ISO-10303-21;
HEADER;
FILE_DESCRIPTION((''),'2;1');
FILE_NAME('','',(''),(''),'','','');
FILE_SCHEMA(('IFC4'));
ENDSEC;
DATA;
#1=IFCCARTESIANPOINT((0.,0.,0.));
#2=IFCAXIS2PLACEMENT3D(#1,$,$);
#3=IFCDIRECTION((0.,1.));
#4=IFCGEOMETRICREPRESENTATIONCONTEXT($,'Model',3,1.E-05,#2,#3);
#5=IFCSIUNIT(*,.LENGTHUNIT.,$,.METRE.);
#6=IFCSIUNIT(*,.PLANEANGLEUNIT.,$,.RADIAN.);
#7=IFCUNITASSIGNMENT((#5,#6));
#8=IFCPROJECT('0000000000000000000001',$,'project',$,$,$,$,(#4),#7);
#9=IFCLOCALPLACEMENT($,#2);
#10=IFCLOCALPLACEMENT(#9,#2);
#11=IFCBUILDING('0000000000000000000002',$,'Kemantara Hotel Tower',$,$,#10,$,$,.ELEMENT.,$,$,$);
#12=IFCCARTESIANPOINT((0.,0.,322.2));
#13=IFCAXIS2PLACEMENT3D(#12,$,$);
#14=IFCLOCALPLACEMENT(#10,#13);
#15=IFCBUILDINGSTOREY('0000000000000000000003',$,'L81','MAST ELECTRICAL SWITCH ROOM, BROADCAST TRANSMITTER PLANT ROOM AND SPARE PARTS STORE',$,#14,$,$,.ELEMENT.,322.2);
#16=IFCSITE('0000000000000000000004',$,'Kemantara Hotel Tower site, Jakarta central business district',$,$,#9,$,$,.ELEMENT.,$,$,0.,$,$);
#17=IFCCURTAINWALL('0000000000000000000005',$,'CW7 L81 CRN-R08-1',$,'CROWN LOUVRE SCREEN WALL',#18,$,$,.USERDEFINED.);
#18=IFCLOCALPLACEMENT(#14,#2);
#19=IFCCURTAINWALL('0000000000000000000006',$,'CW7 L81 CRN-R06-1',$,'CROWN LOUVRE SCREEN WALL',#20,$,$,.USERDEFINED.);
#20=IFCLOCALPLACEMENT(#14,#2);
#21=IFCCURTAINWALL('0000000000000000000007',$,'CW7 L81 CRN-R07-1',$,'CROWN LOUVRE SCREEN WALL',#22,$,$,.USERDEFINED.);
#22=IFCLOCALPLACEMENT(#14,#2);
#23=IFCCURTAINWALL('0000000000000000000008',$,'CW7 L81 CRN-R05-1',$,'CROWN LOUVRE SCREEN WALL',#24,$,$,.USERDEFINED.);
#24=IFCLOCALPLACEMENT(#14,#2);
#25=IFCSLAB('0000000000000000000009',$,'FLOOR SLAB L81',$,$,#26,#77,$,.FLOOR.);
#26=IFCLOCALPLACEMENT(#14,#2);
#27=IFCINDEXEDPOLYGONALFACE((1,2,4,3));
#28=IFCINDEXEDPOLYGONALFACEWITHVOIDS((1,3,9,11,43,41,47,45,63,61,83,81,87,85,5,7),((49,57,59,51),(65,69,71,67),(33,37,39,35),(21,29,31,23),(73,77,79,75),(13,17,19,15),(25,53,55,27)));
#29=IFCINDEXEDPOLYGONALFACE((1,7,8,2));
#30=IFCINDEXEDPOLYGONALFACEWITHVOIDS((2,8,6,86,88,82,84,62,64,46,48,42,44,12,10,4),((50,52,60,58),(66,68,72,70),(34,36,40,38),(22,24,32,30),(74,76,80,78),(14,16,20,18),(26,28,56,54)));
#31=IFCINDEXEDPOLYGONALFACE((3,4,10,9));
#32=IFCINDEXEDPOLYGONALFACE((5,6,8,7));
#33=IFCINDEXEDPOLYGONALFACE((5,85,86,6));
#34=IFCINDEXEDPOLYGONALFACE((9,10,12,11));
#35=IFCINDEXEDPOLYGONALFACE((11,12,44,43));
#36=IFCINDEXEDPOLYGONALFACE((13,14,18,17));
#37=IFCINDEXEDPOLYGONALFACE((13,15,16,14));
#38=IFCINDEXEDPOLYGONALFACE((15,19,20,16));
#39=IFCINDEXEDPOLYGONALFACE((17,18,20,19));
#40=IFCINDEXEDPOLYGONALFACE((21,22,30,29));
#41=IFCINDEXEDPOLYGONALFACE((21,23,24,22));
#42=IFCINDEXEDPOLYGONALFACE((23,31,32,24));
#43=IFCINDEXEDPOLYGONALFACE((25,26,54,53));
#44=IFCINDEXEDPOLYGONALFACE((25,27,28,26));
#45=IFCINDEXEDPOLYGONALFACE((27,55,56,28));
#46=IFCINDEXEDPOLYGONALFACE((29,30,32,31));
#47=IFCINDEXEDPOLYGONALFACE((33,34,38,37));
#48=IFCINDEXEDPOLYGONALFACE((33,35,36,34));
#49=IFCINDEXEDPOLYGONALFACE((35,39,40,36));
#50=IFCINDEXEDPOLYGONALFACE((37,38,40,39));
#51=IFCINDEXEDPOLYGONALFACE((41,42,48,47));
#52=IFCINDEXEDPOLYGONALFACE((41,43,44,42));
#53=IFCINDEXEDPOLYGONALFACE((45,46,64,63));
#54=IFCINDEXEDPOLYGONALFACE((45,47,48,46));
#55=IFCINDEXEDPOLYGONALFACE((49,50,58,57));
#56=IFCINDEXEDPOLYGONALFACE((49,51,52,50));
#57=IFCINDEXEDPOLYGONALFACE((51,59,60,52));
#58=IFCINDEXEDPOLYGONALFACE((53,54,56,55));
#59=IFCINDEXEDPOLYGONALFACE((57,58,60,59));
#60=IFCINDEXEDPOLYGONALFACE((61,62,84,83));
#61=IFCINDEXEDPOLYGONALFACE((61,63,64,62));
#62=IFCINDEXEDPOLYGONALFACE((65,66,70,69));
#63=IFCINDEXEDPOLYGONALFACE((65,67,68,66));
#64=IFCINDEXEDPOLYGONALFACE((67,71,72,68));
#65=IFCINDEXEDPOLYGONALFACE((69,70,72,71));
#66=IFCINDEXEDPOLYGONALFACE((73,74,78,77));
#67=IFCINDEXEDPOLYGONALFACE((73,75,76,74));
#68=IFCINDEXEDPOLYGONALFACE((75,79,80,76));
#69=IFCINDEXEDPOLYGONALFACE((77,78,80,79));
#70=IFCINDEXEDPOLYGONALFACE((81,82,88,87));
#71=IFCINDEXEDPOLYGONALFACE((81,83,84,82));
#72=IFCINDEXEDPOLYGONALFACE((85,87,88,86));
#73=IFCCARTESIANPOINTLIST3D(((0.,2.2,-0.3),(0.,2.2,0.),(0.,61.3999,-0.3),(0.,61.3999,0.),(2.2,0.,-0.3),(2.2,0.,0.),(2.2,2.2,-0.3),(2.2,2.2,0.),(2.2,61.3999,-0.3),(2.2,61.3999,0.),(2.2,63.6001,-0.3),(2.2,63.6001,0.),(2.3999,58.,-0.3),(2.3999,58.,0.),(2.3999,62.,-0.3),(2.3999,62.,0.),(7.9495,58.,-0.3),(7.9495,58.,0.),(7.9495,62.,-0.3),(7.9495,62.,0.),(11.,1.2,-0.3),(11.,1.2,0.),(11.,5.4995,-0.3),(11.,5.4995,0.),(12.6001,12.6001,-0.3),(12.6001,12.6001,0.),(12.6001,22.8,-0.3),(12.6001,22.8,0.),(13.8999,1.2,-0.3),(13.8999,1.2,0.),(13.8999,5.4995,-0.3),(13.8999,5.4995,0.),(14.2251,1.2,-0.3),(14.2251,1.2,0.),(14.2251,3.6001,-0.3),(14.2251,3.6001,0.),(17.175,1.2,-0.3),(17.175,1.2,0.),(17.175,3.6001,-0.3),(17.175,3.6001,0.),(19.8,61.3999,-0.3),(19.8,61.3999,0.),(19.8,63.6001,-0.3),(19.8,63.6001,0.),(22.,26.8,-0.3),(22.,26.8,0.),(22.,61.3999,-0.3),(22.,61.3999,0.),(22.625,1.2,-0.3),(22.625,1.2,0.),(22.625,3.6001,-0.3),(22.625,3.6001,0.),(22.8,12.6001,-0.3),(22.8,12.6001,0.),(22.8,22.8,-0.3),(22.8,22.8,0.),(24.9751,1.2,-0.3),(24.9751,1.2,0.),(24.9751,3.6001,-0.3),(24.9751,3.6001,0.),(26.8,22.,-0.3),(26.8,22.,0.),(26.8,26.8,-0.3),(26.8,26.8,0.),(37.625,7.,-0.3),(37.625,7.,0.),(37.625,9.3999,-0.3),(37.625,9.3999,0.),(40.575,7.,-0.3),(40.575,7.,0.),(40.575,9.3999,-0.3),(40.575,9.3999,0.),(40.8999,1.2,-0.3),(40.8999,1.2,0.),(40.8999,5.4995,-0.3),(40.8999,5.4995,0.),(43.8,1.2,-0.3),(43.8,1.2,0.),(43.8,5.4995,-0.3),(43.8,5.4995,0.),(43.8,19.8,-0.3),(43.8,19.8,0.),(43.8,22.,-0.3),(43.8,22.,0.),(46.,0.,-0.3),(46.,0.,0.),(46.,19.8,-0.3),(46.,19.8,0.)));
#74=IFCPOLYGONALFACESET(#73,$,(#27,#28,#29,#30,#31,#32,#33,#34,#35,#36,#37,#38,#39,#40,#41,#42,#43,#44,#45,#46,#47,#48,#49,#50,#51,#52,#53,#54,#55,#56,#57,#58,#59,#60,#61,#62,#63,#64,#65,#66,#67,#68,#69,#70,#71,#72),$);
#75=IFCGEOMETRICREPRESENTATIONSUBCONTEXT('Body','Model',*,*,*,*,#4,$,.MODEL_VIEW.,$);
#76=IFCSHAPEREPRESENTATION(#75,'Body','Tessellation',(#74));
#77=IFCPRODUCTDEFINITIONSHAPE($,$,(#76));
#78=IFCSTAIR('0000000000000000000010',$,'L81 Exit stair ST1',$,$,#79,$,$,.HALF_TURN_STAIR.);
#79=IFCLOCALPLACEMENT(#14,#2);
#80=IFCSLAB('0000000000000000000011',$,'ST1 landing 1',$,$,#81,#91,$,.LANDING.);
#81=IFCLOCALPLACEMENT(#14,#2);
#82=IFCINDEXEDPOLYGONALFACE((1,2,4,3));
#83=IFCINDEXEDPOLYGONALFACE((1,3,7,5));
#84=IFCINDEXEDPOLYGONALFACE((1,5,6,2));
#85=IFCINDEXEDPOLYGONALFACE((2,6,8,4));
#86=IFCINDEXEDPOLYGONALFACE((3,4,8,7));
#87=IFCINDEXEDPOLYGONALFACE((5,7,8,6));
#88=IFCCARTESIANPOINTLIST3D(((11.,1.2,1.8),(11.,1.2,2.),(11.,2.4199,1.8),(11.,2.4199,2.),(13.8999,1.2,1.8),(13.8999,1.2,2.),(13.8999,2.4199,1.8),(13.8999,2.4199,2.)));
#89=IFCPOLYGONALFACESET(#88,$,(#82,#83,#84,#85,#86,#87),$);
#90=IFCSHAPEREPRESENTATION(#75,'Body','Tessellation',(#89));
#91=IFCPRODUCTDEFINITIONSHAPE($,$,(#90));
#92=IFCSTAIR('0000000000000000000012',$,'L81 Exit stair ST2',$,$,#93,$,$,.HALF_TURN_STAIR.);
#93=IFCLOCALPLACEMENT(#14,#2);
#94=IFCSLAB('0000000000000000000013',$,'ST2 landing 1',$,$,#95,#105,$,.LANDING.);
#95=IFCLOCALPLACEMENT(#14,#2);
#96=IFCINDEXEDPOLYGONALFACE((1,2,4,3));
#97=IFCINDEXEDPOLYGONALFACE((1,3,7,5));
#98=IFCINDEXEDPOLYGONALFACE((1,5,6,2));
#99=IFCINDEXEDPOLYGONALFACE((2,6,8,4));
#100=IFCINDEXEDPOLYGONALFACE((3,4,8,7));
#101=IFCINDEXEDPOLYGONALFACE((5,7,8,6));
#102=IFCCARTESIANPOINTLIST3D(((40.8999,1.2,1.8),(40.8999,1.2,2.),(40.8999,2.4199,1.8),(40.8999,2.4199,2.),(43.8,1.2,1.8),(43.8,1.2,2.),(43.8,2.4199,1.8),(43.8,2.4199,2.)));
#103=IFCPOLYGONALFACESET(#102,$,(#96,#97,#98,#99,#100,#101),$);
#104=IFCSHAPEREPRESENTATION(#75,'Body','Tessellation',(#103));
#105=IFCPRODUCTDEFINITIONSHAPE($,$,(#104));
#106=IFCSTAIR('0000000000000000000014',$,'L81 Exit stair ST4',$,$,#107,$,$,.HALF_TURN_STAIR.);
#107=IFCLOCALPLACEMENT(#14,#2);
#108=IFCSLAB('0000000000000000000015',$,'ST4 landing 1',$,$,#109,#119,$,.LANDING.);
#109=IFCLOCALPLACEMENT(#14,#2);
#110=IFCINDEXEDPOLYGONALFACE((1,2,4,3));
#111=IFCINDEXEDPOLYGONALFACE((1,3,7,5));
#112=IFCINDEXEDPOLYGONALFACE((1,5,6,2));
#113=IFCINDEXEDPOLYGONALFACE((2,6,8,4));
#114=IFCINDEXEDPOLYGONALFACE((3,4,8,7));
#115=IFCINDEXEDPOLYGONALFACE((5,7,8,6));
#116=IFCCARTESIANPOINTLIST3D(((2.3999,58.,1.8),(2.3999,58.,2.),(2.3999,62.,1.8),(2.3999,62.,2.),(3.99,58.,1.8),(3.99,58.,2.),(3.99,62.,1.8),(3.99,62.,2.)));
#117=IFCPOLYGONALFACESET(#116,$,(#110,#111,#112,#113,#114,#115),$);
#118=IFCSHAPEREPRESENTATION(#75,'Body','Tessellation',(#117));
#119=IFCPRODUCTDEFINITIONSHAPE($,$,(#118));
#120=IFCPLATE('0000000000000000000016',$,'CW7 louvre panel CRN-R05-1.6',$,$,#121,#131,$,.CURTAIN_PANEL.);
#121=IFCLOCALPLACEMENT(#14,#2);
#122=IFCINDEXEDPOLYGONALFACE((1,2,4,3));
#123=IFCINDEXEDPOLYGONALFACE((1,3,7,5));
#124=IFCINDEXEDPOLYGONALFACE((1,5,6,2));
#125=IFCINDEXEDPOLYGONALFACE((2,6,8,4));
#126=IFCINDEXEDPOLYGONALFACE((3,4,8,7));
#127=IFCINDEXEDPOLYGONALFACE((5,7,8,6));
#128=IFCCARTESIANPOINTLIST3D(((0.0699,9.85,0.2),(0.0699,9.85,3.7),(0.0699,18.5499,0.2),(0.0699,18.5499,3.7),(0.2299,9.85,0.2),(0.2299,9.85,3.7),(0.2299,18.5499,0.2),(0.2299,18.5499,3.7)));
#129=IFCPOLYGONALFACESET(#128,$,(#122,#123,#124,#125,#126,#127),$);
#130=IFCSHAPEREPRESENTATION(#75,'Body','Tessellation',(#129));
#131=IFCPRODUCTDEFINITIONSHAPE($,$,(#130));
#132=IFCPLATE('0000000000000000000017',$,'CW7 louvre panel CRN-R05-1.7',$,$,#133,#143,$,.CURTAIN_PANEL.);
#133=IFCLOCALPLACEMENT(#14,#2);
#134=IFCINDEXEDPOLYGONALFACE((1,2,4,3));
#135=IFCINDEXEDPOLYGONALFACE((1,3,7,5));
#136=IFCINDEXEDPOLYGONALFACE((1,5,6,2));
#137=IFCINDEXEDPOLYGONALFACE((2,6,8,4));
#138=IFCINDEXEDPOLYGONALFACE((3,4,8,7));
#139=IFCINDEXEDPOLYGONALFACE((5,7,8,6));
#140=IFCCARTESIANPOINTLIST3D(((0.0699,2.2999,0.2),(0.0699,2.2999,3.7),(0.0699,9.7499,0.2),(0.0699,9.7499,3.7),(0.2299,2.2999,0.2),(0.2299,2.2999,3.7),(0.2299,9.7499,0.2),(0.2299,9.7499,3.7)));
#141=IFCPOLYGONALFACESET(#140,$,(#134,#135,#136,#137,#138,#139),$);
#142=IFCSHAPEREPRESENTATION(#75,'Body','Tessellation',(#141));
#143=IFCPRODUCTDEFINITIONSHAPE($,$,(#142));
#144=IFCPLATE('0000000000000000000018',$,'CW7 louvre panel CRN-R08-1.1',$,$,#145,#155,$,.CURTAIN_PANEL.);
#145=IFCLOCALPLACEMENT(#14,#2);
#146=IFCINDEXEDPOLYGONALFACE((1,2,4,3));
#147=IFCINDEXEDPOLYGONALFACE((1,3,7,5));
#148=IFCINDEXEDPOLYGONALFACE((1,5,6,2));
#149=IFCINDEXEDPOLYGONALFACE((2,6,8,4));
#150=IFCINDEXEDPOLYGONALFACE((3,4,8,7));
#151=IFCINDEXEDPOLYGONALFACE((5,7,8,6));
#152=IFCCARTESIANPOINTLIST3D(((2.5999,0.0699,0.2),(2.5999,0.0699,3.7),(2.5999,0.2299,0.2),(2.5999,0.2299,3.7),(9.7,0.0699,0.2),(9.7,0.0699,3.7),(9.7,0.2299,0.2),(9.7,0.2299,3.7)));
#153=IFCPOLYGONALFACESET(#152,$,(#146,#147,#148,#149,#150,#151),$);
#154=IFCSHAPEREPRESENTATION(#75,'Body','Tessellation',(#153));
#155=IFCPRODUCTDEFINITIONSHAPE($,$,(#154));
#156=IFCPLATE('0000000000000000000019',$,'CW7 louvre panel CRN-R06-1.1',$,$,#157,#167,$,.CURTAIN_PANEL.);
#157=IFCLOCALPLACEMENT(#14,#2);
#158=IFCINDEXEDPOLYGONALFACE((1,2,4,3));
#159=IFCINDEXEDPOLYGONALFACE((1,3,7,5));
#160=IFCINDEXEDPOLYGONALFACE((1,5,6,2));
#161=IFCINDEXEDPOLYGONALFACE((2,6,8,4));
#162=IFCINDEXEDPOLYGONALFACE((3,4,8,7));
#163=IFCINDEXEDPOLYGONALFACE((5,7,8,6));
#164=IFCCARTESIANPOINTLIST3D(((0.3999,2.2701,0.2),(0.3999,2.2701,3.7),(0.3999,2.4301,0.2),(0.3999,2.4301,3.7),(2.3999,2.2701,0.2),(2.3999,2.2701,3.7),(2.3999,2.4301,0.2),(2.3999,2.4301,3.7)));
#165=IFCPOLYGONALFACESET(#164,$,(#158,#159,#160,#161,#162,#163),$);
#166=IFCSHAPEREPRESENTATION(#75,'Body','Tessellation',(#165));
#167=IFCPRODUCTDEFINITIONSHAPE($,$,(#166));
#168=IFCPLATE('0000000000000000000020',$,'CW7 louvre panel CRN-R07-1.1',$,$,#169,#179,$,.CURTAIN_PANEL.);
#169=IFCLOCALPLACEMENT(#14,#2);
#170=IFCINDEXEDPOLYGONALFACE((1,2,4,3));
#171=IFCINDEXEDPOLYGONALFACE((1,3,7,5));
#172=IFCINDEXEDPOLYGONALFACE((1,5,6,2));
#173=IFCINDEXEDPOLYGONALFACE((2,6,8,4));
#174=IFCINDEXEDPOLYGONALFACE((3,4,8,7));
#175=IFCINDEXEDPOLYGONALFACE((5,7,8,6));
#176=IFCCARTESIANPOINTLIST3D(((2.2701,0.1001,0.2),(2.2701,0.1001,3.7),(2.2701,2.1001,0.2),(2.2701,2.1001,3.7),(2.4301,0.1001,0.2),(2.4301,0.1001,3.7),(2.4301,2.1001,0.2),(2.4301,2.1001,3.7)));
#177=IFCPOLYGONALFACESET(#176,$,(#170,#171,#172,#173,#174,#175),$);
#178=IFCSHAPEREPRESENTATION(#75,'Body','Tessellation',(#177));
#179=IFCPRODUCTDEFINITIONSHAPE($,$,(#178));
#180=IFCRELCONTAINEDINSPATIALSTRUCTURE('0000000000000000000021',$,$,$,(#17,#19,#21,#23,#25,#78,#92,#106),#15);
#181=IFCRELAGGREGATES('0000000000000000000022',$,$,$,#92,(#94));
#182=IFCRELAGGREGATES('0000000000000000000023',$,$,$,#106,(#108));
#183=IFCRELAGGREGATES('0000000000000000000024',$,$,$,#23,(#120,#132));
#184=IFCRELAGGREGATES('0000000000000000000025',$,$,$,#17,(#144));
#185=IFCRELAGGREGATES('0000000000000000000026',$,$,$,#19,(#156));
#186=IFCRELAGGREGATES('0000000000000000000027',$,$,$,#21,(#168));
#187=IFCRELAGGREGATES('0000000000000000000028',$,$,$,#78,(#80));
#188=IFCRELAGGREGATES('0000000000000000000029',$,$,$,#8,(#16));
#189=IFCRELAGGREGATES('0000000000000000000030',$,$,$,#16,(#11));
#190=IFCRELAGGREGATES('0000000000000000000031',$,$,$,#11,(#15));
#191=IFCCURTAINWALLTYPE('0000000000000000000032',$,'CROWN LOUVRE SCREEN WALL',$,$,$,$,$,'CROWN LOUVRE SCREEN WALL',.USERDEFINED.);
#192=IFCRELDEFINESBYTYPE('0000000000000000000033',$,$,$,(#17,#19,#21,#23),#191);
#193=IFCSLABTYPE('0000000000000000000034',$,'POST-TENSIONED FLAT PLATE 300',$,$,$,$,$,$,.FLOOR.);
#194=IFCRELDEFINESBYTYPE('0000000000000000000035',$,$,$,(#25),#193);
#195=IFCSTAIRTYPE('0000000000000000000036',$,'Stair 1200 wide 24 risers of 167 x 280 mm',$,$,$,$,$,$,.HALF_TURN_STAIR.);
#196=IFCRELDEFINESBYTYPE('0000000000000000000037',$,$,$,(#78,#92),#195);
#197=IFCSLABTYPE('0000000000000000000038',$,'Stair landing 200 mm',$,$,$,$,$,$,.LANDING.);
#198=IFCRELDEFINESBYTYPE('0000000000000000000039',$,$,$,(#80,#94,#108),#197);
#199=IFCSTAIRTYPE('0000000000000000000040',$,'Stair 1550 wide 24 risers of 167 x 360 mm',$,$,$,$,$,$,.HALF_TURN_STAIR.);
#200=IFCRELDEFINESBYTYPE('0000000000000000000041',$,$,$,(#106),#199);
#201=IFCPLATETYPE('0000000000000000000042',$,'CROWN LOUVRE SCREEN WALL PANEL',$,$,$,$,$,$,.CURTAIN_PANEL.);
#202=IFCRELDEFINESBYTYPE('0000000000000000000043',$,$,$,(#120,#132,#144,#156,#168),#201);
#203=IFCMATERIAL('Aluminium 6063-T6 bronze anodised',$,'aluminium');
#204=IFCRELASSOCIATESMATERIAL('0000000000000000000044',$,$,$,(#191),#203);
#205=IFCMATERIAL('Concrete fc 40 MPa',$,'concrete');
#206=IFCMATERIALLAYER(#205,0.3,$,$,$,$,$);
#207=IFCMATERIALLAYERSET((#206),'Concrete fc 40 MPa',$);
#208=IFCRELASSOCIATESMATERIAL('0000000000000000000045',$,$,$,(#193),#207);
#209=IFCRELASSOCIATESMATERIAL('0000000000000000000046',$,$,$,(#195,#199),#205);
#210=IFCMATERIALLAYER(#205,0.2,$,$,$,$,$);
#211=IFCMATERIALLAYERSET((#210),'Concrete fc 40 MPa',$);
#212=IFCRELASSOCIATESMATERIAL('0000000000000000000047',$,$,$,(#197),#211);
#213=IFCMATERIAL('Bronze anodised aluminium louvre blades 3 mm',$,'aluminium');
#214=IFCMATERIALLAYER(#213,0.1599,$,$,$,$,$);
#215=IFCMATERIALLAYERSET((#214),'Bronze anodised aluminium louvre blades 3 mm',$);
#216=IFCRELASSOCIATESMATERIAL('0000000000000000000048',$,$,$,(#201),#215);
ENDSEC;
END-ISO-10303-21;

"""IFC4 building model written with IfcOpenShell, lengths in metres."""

from ifc_helpers import new_model, si_unit, direction, frame, origin, origin_2d, place, context, subcontext, project, spatial, polyline, rectangle, outline, extrude, source, transform, mapped, material, layer, layer_set, type_object, element, aggregate, save


model = new_model("IFC4")

# Units and contexts
model_context = context("Model", 3, precision=1e-05, world=origin(), true_north=direction((0.0, 1.0)))
body_context = subcontext(model_context, "Body", "Model", "MODEL_VIEW")
ifc_project = project(units=[si_unit("LENGTHUNIT", "METRE"), si_unit("PLANEANGLEUNIT", "RADIAN")], contexts=[model_context])

# Site, building, storey
site_placement = place(None, origin())
site = spatial("IfcSite", under=ifc_project, at=site_placement, Name="Kemantara Hotel Tower site, Jakarta central business district", CompositionType="ELEMENT", RefElevation=0.0)
building_placement = place(site_placement, origin())
building = spatial("IfcBuilding", under=site, at=building_placement, Name="Kemantara Hotel Tower", CompositionType="ELEMENT")
storey_placement = place(building_placement, frame((0.0, 0.0, 322.2)))
storey = spatial("IfcBuildingStorey", under=building, at=storey_placement, Name="L81", Description="MAST ELECTRICAL SWITCH ROOM, BROADCAST TRANSMITTER PLANT ROOM AND SPARE PARTS STORE", CompositionType="ELEMENT", Elevation=322.2)

# Curtain walls
ifc_material_1 = material(Name="Aluminium 6063-T6 bronze anodised", Category="aluminium")
curtain_wall_type = type_object("IfcCurtainWallType", Name="CROWN LOUVRE SCREEN WALL", ElementType="CROWN LOUVRE SCREEN WALL", PredefinedType="USERDEFINED", material=ifc_material_1)
curtain_wall_1_placement = place(storey_placement, origin())
curtain_wall_1 = element("IfcCurtainWall", 1, at=curtain_wall_1_placement, inside=storey, type_object=curtain_wall_type, Name="CW7 L81 CRN-R08-1", ObjectType="CROWN LOUVRE SCREEN WALL", PredefinedType="USERDEFINED")
curtain_wall_2_placement = place(storey_placement, origin())
curtain_wall_2 = element("IfcCurtainWall", 2, at=curtain_wall_2_placement, inside=storey, type_object=curtain_wall_type, Name="CW7 L81 CRN-R06-1", ObjectType="CROWN LOUVRE SCREEN WALL", PredefinedType="USERDEFINED")
curtain_wall_3_placement = place(storey_placement, origin())
curtain_wall_3 = element("IfcCurtainWall", 3, at=curtain_wall_3_placement, inside=storey, type_object=curtain_wall_type, Name="CW7 L81 CRN-R07-1", ObjectType="CROWN LOUVRE SCREEN WALL", PredefinedType="USERDEFINED")

# Curtain wall
curtain_wall_4_placement = place(storey_placement, origin())
curtain_wall_4 = element("IfcCurtainWall", 4, at=curtain_wall_4_placement, inside=storey, type_object=curtain_wall_type, Name="CW7 L81 CRN-R05-1", ObjectType="CROWN LOUVRE SCREEN WALL", PredefinedType="USERDEFINED")

# Slab
ifc_material_2 = material(Name="Concrete fc 40 MPa", Category="concrete")
ifc_layer_1 = layer(ifc_material_2, 0.3)
ifc_layer_set_1 = layer_set([ifc_layer_1], Name="Concrete fc 40 MPa")
slab_type_1 = type_object("IfcSlabType", Name="POST-TENSIONED FLAT PLATE 300", PredefinedType="FLOOR", material=ifc_layer_set_1)
slab_1_placement = place(storey_placement, frame((0.0, 0.0, -0.3)))
element("IfcSlab", 5, at=slab_1_placement, inside=storey, type_object=slab_type_1, Name="FLOOR SLAB L81", PredefinedType="FLOOR", context=body_context, shape_type="SweptSolid", body=[
    extrude(outline(polyline([(22.0, 26.8), (22.0, 61.3999), (19.8, 61.3999), (19.8, 63.6001), (2.2, 63.6001), (2.2, 61.3999), (0.0, 61.3999), (0.0, 2.2), (2.2, 2.2), (2.2, 0.0), (46.0, 0.0), (46.0, 19.8), (43.8, 19.8), (43.8, 22.0), (26.8, 22.0), (26.8, 26.8), (22.0, 26.8)]), holes=[polyline([(14.2251, 3.6001), (17.175, 3.6001), (17.175, 1.2), (14.2251, 1.2), (14.2251, 3.6001)]), polyline([(24.9751, 3.6001), (24.9751, 1.2), (22.625, 1.2), (22.625, 3.6001), (24.9751, 3.6001)]), polyline([(13.8999, 1.2), (11.0, 1.2), (11.0, 5.4995), (13.8999, 5.4995), (13.8999, 1.2)]), polyline([(43.8, 1.2), (40.8999, 1.2), (40.8999, 5.4995), (43.8, 5.4995), (43.8, 1.2)]), polyline([(40.575, 9.3999), (40.575, 7.0), (37.625, 7.0), (37.625, 9.3999), (40.575, 9.3999)]), polyline([(22.8, 22.8), (22.8, 12.6001), (12.6001, 12.6001), (12.6001, 22.8), (22.8, 22.8)]), polyline([(2.3999, 58.0), (2.3999, 62.0), (7.9495, 62.0), (7.9495, 58.0), (2.3999, 58.0)])]), origin(), (0.0, 0.0, 1.0), 0.3),
])

# Stairs, slabs
stair_type_1 = type_object("IfcStairType", Name="Stair 1200 wide 24 risers of 167 x 280 mm", PredefinedType="HALF_TURN_STAIR", material=ifc_material_2)
stair_1_placement = place(storey_placement, origin())
stair_1 = element("IfcStair", 6, at=stair_1_placement, inside=storey, type_object=stair_type_1, Name="L81 Exit stair ST1", PredefinedType="HALF_TURN_STAIR")
ifc_layer_2 = layer(ifc_material_2, 0.2)
ifc_layer_set_2 = layer_set([ifc_layer_2], Name="Concrete fc 40 MPa")
slab_type_2 = type_object("IfcSlabType", Name="Stair landing 200 mm", PredefinedType="LANDING", material=ifc_layer_set_2)
slab_2_placement = place(storey_placement, frame((0.0, 0.0, 1.8)))
slab_2 = element("IfcSlab", 7, at=slab_2_placement, type_object=slab_type_2, Name="ST1 landing 1", PredefinedType="LANDING", context=body_context, shape_type="SweptSolid", body=[
    extrude(outline(polyline([(11.0, 2.4199), (11.0, 1.2), (13.8999, 1.2), (13.8999, 2.4199), (11.0, 2.4199)])), origin(), (0.0, 0.0, 1.0), 0.2),
])
stair_2_placement = place(storey_placement, origin())
stair_2 = element("IfcStair", 8, at=stair_2_placement, inside=storey, type_object=stair_type_1, Name="L81 Exit stair ST2", PredefinedType="HALF_TURN_STAIR")
slab_3_placement = place(storey_placement, frame((0.0, 0.0, 1.8)))
slab_3 = element("IfcSlab", 9, at=slab_3_placement, type_object=slab_type_2, Name="ST2 landing 1", PredefinedType="LANDING", context=body_context, shape_type="SweptSolid", body=[
    extrude(outline(polyline([(40.8999, 2.4199), (40.8999, 1.2), (43.8, 1.2), (43.8, 2.4199), (40.8999, 2.4199)])), origin(), (0.0, 0.0, 1.0), 0.2),
])
aggregate(stair_2, [slab_3])
stair_type_2 = type_object("IfcStairType", Name="Stair 1550 wide 24 risers of 167 x 360 mm", PredefinedType="HALF_TURN_STAIR", material=ifc_material_2)
stair_3_placement = place(storey_placement, origin())
stair_3 = element("IfcStair", 10, at=stair_3_placement, inside=storey, type_object=stair_type_2, Name="L81 Exit stair ST4", PredefinedType="HALF_TURN_STAIR")
slab_4_placement = place(storey_placement, frame((0.0, 0.0, 1.8)))
slab_4 = element("IfcSlab", 11, at=slab_4_placement, type_object=slab_type_2, Name="ST4 landing 1", PredefinedType="LANDING", context=body_context, shape_type="SweptSolid", body=[
    extrude(outline(polyline([(3.99, 62.0), (2.3999, 62.0), (2.3999, 58.0), (3.99, 58.0), (3.99, 62.0)])), origin(), (0.0, 0.0, 1.0), 0.2),
])
aggregate(stair_3, [slab_4])

# Plates
ifc_material_3 = material(Name="Bronze anodised aluminium louvre blades 3 mm", Category="aluminium")
ifc_layer_3 = layer(ifc_material_3, 0.1599)
ifc_layer_set_3 = layer_set([ifc_layer_3], Name="Bronze anodised aluminium louvre blades 3 mm")
plate_type = type_object("IfcPlateType", Name="CROWN LOUVRE SCREEN WALL PANEL", PredefinedType="CURTAIN_PANEL", material=ifc_layer_set_3)
shared_shape_1 = source(origin(), body_context, "Body", "SweptSolid", [
    extrude(rectangle(XDim=8.7, YDim=0.1599, at=origin_2d()), origin(), (0.0, 0.0, 1.0), 3.5),
])
plate_1_placement = place(storey_placement, frame((0.1499, 14.2, 0.2), z_axis=(0.0, 0.0, 1.0), x_axis=(0.0, -1.0, 0.0)))
plate_1 = element("IfcPlate", 12, at=plate_1_placement, type_object=plate_type, Name="CW7 louvre panel CRN-R05-1.6", PredefinedType="CURTAIN_PANEL", context=body_context, shape_type="MappedRepresentation", body=[
    mapped(shared_shape_1, transform((0.0, 0.0, 0.0))),
])
shared_shape_2 = source(origin(), body_context, "Body", "SweptSolid", [
    extrude(rectangle(XDim=7.45, YDim=0.1599, at=origin_2d()), origin(), (0.0, 0.0, 1.0), 3.5),
])
plate_2_placement = place(storey_placement, frame((0.1499, 6.0249, 0.2), z_axis=(0.0, 0.0, 1.0), x_axis=(0.0, -1.0, 0.0)))
plate_2 = element("IfcPlate", 13, at=plate_2_placement, type_object=plate_type, Name="CW7 louvre panel CRN-R05-1.7", PredefinedType="CURTAIN_PANEL", context=body_context, shape_type="MappedRepresentation", body=[
    mapped(shared_shape_2, transform((0.0, 0.0, 0.0))),
])
aggregate(curtain_wall_4, [plate_1, plate_2])
shared_shape_3 = source(origin(), body_context, "Body", "SweptSolid", [
    extrude(rectangle(XDim=7.1001, YDim=0.1599, at=origin_2d()), origin(), (0.0, 0.0, 1.0), 3.5),
])
plate_3_placement = place(storey_placement, frame((6.1499, 0.1499, 0.2), z_axis=(0.0, 0.0, 1.0), x_axis=(1.0, 0.0, 0.0)))
plate_3 = element("IfcPlate", 14, at=plate_3_placement, type_object=plate_type, Name="CW7 louvre panel CRN-R08-1.1", PredefinedType="CURTAIN_PANEL", context=body_context, shape_type="MappedRepresentation", body=[
    mapped(shared_shape_3, transform((0.0, 0.0, 0.0))),
])
aggregate(curtain_wall_1, [plate_3])
shared_shape_4 = source(origin(), body_context, "Body", "SweptSolid", [
    extrude(rectangle(XDim=2.0, YDim=0.1599, at=origin_2d()), origin(), (0.0, 0.0, 1.0), 3.5),
])
plate_4_placement = place(storey_placement, frame((1.3999, 2.3501, 0.2), z_axis=(0.0, 0.0, 1.0), x_axis=(1.0, 0.0, 0.0)))
plate_4 = element("IfcPlate", 15, at=plate_4_placement, type_object=plate_type, Name="CW7 louvre panel CRN-R06-1.1", PredefinedType="CURTAIN_PANEL", context=body_context, shape_type="MappedRepresentation", body=[
    mapped(shared_shape_4, transform((0.0, 0.0, 0.0))),
])
aggregate(curtain_wall_2, [plate_4])
plate_5_placement = place(storey_placement, frame((2.3501, 1.1001, 0.2), z_axis=(0.0, 0.0, 1.0), x_axis=(0.0, -1.0, 0.0)))
plate_5 = element("IfcPlate", 16, at=plate_5_placement, type_object=plate_type, Name="CW7 louvre panel CRN-R07-1.1", PredefinedType="CURTAIN_PANEL", context=body_context, shape_type="MappedRepresentation", body=[
    mapped(shared_shape_4, transform((0.0, 0.0, 0.0))),
])
aggregate(curtain_wall_3, [plate_5])

aggregate(stair_1, [slab_2])

save(model, "model.ifc")
